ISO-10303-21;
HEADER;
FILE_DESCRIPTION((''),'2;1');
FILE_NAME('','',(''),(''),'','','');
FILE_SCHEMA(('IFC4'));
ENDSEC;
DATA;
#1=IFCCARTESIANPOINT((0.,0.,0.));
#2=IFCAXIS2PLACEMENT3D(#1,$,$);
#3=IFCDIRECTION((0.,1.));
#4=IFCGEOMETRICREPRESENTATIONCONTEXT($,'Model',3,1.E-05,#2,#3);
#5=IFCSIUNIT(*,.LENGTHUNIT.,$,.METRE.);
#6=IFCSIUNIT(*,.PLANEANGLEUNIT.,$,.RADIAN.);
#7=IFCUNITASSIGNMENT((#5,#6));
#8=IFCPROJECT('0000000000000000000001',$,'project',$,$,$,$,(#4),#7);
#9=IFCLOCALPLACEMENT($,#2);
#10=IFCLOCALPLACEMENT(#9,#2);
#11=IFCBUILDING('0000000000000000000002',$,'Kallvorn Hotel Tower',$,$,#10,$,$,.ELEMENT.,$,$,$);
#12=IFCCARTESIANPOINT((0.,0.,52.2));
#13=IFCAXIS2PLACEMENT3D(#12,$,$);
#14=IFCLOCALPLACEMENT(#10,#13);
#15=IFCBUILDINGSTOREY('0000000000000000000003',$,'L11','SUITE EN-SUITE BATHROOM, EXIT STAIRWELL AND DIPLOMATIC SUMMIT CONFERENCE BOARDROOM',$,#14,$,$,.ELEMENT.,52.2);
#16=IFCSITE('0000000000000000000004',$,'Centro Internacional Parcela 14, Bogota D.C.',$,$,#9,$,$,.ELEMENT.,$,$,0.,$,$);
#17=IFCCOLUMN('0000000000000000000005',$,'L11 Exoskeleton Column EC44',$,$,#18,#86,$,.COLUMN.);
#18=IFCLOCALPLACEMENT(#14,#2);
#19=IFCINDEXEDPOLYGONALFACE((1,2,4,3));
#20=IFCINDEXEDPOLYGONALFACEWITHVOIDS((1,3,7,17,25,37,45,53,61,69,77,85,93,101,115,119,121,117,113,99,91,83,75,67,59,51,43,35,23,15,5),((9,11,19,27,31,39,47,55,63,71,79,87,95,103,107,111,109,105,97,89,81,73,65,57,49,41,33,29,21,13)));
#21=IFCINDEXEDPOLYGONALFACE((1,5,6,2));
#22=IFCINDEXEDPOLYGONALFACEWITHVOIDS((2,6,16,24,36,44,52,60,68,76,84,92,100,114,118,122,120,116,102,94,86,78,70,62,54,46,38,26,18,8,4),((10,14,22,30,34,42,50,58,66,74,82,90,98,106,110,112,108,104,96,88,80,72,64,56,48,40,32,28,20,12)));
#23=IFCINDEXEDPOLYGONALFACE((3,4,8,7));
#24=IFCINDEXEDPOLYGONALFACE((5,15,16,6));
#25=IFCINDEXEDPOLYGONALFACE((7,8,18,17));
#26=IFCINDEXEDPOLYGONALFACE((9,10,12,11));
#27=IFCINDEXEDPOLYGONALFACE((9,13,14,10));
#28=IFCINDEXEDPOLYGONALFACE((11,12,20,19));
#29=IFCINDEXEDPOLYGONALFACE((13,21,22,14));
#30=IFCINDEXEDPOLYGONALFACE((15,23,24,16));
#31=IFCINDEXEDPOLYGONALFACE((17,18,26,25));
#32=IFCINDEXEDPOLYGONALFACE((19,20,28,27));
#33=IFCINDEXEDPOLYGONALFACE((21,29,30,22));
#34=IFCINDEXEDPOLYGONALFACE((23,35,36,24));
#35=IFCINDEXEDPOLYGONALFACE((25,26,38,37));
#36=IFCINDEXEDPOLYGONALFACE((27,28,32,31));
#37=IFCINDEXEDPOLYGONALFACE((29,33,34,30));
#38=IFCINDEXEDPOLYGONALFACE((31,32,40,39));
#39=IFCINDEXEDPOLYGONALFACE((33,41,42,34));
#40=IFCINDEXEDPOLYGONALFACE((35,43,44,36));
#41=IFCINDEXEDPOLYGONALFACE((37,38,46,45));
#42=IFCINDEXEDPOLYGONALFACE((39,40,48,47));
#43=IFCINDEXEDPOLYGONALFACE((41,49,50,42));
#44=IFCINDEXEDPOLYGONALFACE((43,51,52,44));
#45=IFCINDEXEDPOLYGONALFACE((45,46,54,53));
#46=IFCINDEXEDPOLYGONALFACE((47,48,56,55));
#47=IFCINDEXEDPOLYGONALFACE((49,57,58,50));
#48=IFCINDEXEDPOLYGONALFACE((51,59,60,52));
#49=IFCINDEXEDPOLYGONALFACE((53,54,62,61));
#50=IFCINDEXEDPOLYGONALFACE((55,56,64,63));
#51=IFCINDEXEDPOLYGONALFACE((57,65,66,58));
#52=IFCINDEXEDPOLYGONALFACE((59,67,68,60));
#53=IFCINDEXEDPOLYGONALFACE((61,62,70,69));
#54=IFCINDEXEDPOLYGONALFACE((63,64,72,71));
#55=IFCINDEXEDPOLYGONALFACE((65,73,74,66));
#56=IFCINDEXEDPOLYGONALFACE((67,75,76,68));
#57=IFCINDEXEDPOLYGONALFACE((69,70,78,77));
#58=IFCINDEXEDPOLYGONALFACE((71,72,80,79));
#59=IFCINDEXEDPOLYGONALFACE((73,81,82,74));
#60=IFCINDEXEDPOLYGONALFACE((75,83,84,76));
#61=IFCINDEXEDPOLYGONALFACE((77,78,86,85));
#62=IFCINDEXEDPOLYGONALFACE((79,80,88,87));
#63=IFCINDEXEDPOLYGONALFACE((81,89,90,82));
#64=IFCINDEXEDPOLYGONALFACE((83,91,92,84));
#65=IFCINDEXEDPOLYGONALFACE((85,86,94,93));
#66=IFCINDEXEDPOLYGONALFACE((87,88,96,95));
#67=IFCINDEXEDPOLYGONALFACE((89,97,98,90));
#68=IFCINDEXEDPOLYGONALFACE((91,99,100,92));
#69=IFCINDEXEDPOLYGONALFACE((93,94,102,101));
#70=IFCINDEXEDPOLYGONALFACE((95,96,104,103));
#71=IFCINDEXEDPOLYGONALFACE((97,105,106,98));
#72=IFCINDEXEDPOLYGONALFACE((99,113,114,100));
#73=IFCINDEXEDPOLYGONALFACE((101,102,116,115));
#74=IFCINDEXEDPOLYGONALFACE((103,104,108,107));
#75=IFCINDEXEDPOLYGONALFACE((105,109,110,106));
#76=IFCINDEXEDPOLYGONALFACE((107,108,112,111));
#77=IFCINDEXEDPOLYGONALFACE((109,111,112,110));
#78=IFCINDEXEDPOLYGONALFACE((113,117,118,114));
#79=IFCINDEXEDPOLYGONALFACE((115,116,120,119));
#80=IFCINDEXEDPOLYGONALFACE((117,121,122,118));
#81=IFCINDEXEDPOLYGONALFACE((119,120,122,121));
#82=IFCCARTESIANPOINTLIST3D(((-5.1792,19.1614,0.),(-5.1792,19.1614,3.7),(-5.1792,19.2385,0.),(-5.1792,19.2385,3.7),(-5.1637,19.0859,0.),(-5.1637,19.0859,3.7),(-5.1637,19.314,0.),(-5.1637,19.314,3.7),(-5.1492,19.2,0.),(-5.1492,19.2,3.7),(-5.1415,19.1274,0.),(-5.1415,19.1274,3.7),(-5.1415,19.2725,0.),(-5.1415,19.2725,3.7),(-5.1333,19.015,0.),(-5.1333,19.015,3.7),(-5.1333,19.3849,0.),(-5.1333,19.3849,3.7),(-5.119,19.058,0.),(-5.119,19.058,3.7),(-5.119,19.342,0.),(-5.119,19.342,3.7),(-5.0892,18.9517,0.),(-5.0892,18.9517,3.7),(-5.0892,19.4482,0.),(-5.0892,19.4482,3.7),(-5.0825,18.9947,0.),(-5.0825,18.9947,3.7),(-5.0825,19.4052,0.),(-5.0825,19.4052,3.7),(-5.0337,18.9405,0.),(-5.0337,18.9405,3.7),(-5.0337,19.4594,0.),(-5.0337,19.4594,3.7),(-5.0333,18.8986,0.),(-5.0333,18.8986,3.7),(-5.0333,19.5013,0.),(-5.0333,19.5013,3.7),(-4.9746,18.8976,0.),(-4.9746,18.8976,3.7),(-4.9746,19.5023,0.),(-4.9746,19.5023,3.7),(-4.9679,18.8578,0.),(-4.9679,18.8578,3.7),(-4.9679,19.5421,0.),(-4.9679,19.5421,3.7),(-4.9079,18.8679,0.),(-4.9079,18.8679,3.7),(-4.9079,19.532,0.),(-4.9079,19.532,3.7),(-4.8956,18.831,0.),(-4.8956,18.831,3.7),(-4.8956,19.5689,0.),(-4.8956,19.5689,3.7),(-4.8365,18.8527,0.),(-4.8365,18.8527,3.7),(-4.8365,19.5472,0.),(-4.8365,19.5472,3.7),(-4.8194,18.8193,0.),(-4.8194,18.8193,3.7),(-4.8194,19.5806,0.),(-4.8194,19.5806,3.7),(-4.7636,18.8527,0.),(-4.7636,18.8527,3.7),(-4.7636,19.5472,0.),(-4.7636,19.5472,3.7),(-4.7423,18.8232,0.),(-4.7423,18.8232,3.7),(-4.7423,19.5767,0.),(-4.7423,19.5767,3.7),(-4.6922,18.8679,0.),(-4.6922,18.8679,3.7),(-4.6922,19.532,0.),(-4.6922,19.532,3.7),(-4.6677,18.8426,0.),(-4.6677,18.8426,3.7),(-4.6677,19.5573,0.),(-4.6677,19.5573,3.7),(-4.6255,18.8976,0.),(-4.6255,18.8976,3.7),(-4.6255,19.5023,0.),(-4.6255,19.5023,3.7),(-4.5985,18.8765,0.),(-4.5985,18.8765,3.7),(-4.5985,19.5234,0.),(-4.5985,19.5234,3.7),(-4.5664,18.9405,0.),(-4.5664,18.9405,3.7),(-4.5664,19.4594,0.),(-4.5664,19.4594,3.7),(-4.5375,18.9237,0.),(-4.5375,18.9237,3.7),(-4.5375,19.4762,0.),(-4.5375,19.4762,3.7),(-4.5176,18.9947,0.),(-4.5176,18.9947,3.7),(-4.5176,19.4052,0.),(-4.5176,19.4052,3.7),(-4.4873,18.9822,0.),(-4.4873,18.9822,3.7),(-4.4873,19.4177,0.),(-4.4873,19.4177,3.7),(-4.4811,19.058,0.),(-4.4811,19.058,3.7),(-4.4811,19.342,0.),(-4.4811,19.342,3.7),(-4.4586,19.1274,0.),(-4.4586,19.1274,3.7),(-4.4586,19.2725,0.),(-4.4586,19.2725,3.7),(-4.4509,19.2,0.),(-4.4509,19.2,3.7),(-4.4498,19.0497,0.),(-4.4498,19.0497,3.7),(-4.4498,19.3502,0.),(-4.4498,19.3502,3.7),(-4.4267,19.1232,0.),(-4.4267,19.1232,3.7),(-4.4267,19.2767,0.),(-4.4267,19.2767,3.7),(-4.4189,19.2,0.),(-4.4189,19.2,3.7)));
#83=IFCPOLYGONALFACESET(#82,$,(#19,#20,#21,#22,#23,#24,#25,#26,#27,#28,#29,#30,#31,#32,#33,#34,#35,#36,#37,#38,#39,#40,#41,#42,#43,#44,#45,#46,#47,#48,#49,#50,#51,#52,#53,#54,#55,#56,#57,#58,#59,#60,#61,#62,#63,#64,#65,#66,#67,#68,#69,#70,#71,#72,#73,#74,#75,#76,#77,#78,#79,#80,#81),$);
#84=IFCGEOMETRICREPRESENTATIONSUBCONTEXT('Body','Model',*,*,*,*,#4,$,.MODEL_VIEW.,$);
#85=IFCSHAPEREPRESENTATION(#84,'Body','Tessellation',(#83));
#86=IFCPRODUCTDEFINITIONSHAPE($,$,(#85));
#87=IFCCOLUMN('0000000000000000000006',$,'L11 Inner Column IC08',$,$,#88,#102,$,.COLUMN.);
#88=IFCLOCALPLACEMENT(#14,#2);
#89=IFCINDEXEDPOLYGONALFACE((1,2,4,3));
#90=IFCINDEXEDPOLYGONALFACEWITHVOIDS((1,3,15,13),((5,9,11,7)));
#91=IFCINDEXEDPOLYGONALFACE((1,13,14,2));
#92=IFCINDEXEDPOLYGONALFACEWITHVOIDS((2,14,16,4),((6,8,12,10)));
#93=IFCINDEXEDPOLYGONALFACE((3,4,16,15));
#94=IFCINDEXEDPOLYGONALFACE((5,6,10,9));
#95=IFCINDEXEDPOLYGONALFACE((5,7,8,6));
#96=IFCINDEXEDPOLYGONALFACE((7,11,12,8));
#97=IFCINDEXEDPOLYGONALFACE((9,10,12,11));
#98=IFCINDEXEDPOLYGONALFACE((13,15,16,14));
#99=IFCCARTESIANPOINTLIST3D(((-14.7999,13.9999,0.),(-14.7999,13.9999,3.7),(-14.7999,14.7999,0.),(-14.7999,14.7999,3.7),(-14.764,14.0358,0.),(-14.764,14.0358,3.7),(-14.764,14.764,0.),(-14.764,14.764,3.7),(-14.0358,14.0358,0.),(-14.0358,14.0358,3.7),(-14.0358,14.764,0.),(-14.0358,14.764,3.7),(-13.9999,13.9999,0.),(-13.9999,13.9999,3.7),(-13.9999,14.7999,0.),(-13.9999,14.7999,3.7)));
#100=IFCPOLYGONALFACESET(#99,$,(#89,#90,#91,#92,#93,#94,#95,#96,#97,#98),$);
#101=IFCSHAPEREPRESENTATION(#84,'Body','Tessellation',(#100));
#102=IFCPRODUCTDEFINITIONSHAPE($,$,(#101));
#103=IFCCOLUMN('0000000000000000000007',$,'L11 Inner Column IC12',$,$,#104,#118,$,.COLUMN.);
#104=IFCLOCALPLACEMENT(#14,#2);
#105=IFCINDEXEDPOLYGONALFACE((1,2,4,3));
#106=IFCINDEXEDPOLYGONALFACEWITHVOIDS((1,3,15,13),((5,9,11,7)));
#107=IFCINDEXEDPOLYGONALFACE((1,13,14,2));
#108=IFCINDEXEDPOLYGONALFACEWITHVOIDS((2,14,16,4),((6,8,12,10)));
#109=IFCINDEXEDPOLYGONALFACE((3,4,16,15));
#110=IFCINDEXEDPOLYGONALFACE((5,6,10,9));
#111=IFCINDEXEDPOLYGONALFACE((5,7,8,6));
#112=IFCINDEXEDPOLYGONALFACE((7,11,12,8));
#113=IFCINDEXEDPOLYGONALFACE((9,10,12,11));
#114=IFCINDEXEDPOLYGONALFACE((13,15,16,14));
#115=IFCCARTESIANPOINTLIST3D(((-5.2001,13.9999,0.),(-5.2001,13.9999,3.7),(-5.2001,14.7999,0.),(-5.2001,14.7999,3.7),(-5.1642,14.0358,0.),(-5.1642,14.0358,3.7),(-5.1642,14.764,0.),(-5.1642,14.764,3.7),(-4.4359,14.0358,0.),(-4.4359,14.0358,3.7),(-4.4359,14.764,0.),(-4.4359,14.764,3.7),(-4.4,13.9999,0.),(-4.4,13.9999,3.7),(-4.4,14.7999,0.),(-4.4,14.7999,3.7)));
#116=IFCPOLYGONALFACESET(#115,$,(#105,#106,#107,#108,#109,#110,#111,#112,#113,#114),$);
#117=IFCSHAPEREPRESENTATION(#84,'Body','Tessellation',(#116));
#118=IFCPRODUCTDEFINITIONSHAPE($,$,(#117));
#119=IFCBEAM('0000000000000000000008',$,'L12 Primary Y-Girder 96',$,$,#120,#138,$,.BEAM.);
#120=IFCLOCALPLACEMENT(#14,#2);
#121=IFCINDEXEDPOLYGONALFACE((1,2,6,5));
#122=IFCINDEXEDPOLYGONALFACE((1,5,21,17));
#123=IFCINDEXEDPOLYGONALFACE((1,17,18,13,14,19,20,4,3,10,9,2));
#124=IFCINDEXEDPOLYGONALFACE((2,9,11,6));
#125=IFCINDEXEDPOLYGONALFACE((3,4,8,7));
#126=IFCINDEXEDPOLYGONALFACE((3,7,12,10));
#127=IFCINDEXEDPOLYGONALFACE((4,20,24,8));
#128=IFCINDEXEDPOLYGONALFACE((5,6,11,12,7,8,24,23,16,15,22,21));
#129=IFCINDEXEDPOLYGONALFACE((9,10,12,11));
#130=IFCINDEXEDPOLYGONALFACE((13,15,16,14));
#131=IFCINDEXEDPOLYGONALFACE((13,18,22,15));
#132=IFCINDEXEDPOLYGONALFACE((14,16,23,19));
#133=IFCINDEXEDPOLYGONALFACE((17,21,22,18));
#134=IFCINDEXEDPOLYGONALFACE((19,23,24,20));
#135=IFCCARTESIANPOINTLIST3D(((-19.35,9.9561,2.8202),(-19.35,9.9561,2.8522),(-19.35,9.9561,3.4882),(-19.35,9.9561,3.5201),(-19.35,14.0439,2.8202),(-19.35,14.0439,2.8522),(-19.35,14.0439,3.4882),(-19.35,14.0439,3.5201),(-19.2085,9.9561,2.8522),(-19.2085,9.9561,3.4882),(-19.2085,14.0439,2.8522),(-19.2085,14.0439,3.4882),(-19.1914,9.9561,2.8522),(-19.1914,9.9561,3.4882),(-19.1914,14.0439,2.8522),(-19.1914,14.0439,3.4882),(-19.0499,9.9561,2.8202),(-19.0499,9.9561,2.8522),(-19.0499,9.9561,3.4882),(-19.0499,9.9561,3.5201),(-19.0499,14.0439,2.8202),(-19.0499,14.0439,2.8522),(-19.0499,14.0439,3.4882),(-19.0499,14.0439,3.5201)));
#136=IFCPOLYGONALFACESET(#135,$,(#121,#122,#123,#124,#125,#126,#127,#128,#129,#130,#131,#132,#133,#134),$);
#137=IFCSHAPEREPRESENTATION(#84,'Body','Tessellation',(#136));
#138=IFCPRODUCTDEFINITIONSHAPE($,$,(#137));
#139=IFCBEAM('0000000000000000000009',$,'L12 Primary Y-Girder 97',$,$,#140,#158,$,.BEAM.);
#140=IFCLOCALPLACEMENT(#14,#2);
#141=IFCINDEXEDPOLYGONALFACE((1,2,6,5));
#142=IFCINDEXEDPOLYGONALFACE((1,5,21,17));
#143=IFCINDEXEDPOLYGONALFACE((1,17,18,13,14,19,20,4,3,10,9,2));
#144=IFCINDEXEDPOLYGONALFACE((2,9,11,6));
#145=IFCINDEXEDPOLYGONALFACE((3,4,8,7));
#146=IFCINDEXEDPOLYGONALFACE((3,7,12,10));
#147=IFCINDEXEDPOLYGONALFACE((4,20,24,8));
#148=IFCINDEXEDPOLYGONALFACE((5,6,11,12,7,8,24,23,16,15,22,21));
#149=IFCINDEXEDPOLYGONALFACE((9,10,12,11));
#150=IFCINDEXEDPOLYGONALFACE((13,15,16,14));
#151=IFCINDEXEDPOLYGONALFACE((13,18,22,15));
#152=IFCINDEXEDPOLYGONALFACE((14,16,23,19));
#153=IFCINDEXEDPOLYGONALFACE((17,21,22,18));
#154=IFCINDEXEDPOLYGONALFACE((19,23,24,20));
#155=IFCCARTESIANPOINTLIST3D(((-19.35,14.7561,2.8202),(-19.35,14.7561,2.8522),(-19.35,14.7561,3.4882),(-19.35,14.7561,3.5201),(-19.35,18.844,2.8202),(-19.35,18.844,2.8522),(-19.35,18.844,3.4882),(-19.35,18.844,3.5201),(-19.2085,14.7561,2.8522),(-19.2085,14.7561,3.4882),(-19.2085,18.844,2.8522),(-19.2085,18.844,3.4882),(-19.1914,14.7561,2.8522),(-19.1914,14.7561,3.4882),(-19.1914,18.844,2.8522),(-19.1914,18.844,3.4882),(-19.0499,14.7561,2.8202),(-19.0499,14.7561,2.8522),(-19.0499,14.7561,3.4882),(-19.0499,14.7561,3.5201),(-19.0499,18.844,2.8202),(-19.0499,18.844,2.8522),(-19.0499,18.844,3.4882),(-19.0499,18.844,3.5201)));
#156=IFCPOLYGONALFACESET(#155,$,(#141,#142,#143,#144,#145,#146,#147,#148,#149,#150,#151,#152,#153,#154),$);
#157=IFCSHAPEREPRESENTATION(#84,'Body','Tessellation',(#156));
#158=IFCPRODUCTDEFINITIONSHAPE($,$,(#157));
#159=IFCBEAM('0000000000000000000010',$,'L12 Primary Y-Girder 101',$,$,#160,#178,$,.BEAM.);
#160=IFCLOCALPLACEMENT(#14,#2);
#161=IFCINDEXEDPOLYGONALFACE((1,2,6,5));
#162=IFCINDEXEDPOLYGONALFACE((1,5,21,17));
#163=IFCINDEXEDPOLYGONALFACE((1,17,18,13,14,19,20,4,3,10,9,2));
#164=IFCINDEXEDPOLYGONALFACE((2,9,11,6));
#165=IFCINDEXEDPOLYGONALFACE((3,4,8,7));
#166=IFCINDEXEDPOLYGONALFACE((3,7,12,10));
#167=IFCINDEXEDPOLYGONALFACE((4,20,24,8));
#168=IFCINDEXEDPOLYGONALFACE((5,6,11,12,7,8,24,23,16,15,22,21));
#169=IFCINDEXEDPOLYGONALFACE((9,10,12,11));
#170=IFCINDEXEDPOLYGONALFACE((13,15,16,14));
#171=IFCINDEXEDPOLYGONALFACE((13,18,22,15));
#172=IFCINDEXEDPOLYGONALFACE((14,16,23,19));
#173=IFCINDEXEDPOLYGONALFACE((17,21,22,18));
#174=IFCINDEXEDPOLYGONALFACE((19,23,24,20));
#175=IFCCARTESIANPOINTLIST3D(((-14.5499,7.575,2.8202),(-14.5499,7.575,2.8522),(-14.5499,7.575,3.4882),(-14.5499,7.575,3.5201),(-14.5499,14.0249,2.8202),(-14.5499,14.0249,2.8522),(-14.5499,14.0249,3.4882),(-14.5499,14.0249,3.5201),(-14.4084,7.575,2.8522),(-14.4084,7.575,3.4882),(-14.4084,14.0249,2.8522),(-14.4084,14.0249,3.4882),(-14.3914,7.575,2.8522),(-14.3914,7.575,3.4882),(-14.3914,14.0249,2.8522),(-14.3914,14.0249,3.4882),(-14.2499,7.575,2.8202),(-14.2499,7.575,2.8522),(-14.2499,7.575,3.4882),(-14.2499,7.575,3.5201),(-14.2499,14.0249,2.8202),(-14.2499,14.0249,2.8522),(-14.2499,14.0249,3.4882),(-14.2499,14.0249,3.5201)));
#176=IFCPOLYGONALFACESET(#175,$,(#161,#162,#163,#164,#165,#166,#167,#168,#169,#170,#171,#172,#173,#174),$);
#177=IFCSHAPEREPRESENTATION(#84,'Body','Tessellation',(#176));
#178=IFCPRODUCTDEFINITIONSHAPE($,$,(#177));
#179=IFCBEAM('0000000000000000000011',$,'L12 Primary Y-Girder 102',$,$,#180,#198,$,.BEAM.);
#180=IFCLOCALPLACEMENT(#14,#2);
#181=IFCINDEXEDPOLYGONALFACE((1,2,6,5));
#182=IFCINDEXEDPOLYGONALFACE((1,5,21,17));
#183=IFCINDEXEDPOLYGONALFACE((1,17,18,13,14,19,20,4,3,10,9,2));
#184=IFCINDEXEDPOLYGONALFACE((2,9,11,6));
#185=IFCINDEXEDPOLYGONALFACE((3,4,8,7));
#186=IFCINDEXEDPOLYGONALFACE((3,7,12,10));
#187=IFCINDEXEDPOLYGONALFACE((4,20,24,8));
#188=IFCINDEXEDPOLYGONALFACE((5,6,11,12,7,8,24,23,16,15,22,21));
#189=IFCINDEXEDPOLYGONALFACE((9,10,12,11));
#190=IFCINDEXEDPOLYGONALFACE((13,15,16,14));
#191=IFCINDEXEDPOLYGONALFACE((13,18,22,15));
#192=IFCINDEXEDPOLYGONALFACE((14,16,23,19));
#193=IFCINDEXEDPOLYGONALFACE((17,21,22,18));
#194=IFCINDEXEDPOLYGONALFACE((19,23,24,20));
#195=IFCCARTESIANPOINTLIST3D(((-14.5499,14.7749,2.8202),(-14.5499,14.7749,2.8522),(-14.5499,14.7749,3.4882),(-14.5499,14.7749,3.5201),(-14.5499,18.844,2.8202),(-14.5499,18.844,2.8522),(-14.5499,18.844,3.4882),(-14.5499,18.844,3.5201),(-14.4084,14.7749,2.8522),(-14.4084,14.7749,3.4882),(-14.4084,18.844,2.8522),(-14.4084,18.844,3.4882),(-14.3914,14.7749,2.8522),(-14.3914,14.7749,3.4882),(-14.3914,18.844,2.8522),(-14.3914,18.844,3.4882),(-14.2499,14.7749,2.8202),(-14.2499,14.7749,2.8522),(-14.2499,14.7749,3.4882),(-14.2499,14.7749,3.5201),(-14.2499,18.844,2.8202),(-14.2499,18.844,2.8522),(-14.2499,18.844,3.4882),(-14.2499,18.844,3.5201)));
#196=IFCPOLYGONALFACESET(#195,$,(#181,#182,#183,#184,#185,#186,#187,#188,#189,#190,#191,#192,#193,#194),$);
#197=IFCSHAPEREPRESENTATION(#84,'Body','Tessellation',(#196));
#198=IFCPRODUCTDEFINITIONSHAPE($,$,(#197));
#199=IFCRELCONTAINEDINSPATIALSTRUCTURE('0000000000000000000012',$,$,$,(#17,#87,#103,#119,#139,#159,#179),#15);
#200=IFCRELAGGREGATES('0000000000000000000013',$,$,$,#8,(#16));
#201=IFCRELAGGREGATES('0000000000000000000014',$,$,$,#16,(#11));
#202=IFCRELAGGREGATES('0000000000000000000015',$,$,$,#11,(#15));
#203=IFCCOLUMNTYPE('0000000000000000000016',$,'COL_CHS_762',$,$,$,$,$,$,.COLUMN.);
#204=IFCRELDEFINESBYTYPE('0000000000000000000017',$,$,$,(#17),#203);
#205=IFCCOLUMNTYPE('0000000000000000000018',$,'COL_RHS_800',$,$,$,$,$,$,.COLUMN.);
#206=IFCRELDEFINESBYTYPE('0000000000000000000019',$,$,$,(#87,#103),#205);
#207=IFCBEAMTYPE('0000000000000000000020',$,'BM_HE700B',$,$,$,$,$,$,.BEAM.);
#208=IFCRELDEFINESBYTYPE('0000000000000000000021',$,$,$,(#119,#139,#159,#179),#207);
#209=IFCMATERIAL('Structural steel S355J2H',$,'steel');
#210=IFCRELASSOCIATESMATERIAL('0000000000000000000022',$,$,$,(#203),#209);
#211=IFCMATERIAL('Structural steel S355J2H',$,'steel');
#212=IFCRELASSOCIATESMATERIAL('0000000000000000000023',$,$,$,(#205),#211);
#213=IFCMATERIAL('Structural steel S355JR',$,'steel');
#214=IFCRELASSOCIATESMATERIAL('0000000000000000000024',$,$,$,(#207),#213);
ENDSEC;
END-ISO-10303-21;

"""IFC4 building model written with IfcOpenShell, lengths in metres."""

from ifc_helpers import new_model, si_unit, direction, frame, origin, origin_2d, place, context, subcontext, project, spatial, hollow_rectangle, hollow_circle, i_section, extrude, material, material_profile, profile_set, type_object, element, save


model = new_model("IFC4")

# Units and contexts
model_context = context("Model", 3, precision=1e-05, world=origin(), true_north=direction((0.0, 1.0)))
body_context = subcontext(model_context, "Body", "Model", "MODEL_VIEW")
ifc_project = project(units=[si_unit("LENGTHUNIT", "METRE"), si_unit("PLANEANGLEUNIT", "RADIAN")], contexts=[model_context])

# Site, building, storey
site_placement = place(None, origin())
site = spatial("IfcSite", under=ifc_project, at=site_placement, Name="Centro Internacional Parcela 14, Bogota D.C.", CompositionType="ELEMENT", RefElevation=0.0)
building_placement = place(site_placement, origin())
building = spatial("IfcBuilding", under=site, at=building_placement, Name="Kallvorn Hotel Tower", CompositionType="ELEMENT")
storey_placement = place(building_placement, frame((0.0, 0.0, 52.2)))
storey = spatial("IfcBuildingStorey", under=building, at=storey_placement, Name="L11", Description="SUITE EN-SUITE BATHROOM, EXIT STAIRWELL AND DIPLOMATIC SUMMIT CONFERENCE BOARDROOM", CompositionType="ELEMENT", Elevation=52.2)

# Columns
ifc_material_1 = material(Name="Structural steel S355J2H", Category="steel")
ifc_material_profile_1 = material_profile(ifc_material_1, hollow_circle(Radius=0.3811, WallThickness=0.032, at=origin_2d()), Name="CHS 762x32")
ifc_profile_set_1 = profile_set([ifc_material_profile_1], Name="Structural steel S355J2H")
column_type_1 = type_object("IfcColumnType", Name="COL_CHS_762", PredefinedType="COLUMN", material=ifc_profile_set_1)
for number, where, z_axis, x_axis, name in (
    (1, (-4.8, 19.2, 0.0), (0.0, 0.0, 1.0), (1.0, 0.0, 0.0), "L11 Exoskeleton Column EC44"),
):
    element("IfcColumn", number, at=place(storey_placement, frame(where, z_axis=z_axis, x_axis=x_axis)), inside=storey, type_object=column_type_1, Name=name, PredefinedType="COLUMN", context=body_context, shape_type="SweptSolid", body=[
        extrude(hollow_circle(Radius=0.3811, WallThickness=0.032, at=origin_2d()), origin(), (0.0, 0.0, 1.0), 3.7),
    ])
ifc_material_2 = material(Name="Structural steel S355J2H", Category="steel")
ifc_material_profile_2 = material_profile(ifc_material_2, hollow_rectangle(XDim=0.8, YDim=0.8, WallThickness=0.0359, at=origin_2d()), Name="RHS 800x800x36")
ifc_profile_set_2 = profile_set([ifc_material_profile_2], Name="Structural steel S355J2H")
column_type_2 = type_object("IfcColumnType", Name="COL_RHS_800", PredefinedType="COLUMN", material=ifc_profile_set_2)
for number, where, z_axis, x_axis, name in (
    (2, (-14.3999, 14.3999, 0.0), (0.0, 0.0, 1.0), (1.0, 0.0, 0.0), "L11 Inner Column IC08"),
    (3, (-4.8, 14.3999, 0.0), (0.0, 0.0, 1.0), (1.0, 0.0, 0.0), "L11 Inner Column IC12"),
):
    element("IfcColumn", number, at=place(storey_placement, frame(where, z_axis=z_axis, x_axis=x_axis)), inside=storey, type_object=column_type_2, Name=name, PredefinedType="COLUMN", context=body_context, shape_type="SweptSolid", body=[
        extrude(hollow_rectangle(XDim=0.8, YDim=0.8, WallThickness=0.0359, at=origin_2d()), origin(), (0.0, 0.0, 1.0), 3.7),
    ])

# Beams
ifc_material_3 = material(Name="Structural steel S355JR", Category="steel")
ifc_material_profile_3 = material_profile(ifc_material_3, i_section(OverallWidth=0.3, OverallDepth=0.7, WebThickness=0.0171, FlangeThickness=0.032, at=origin_2d()), Name="HE 700 B")
ifc_profile_set_3 = profile_set([ifc_material_profile_3], Name="Structural steel S355JR")
beam_type_1 = type_object("IfcBeamType", Name="BM_HE700B", PredefinedType="BEAM", material=ifc_profile_set_3)
for number, where, z_axis, x_axis, name in (
    (4, (-19.2, 9.9561, 3.1702), (0.0, 1.0, 0.0), (-1.0, 0.0, 0.0), "L12 Primary Y-Girder 96"),
    (5, (-19.2, 14.7561, 3.1702), (0.0, 1.0, 0.0), (-1.0, 0.0, 0.0), "L12 Primary Y-Girder 97"),
):
    element("IfcBeam", number, at=place(storey_placement, frame(where, z_axis=z_axis, x_axis=x_axis)), inside=storey, type_object=beam_type_1, Name=name, PredefinedType="BEAM", context=body_context, shape_type="SweptSolid", body=[
        extrude(i_section(OverallWidth=0.3, OverallDepth=0.7, WebThickness=0.0171, FlangeThickness=0.032, at=origin_2d()), origin(), (0.0, 0.0, 1.0), 4.0879),
    ])
beam_1_placement = place(storey_placement, frame((-14.3999, 7.575, 3.1702), z_axis=(0.0, 1.0, 0.0), x_axis=(-1.0, 0.0, 0.0)))
element("IfcBeam", 6, at=beam_1_placement, inside=storey, type_object=beam_type_1, Name="L12 Primary Y-Girder 101", PredefinedType="BEAM", context=body_context, shape_type="SweptSolid", body=[
    extrude(i_section(OverallWidth=0.3, OverallDepth=0.7, WebThickness=0.0171, FlangeThickness=0.032, at=origin_2d()), origin(), (0.0, 0.0, 1.0), 6.45),
])
beam_2_placement = place(storey_placement, frame((-14.3999, 14.7749, 3.1702), z_axis=(0.0, 1.0, 0.0), x_axis=(-1.0, 0.0, 0.0)))
element("IfcBeam", 7, at=beam_2_placement, inside=storey, type_object=beam_type_1, Name="L12 Primary Y-Girder 102", PredefinedType="BEAM", context=body_context, shape_type="SweptSolid", body=[
    extrude(i_section(OverallWidth=0.3, OverallDepth=0.7, WebThickness=0.0171, FlangeThickness=0.032, at=origin_2d()), origin(), (0.0, 0.0, 1.0), 4.0691),
])

save(model, "model.ifc")
